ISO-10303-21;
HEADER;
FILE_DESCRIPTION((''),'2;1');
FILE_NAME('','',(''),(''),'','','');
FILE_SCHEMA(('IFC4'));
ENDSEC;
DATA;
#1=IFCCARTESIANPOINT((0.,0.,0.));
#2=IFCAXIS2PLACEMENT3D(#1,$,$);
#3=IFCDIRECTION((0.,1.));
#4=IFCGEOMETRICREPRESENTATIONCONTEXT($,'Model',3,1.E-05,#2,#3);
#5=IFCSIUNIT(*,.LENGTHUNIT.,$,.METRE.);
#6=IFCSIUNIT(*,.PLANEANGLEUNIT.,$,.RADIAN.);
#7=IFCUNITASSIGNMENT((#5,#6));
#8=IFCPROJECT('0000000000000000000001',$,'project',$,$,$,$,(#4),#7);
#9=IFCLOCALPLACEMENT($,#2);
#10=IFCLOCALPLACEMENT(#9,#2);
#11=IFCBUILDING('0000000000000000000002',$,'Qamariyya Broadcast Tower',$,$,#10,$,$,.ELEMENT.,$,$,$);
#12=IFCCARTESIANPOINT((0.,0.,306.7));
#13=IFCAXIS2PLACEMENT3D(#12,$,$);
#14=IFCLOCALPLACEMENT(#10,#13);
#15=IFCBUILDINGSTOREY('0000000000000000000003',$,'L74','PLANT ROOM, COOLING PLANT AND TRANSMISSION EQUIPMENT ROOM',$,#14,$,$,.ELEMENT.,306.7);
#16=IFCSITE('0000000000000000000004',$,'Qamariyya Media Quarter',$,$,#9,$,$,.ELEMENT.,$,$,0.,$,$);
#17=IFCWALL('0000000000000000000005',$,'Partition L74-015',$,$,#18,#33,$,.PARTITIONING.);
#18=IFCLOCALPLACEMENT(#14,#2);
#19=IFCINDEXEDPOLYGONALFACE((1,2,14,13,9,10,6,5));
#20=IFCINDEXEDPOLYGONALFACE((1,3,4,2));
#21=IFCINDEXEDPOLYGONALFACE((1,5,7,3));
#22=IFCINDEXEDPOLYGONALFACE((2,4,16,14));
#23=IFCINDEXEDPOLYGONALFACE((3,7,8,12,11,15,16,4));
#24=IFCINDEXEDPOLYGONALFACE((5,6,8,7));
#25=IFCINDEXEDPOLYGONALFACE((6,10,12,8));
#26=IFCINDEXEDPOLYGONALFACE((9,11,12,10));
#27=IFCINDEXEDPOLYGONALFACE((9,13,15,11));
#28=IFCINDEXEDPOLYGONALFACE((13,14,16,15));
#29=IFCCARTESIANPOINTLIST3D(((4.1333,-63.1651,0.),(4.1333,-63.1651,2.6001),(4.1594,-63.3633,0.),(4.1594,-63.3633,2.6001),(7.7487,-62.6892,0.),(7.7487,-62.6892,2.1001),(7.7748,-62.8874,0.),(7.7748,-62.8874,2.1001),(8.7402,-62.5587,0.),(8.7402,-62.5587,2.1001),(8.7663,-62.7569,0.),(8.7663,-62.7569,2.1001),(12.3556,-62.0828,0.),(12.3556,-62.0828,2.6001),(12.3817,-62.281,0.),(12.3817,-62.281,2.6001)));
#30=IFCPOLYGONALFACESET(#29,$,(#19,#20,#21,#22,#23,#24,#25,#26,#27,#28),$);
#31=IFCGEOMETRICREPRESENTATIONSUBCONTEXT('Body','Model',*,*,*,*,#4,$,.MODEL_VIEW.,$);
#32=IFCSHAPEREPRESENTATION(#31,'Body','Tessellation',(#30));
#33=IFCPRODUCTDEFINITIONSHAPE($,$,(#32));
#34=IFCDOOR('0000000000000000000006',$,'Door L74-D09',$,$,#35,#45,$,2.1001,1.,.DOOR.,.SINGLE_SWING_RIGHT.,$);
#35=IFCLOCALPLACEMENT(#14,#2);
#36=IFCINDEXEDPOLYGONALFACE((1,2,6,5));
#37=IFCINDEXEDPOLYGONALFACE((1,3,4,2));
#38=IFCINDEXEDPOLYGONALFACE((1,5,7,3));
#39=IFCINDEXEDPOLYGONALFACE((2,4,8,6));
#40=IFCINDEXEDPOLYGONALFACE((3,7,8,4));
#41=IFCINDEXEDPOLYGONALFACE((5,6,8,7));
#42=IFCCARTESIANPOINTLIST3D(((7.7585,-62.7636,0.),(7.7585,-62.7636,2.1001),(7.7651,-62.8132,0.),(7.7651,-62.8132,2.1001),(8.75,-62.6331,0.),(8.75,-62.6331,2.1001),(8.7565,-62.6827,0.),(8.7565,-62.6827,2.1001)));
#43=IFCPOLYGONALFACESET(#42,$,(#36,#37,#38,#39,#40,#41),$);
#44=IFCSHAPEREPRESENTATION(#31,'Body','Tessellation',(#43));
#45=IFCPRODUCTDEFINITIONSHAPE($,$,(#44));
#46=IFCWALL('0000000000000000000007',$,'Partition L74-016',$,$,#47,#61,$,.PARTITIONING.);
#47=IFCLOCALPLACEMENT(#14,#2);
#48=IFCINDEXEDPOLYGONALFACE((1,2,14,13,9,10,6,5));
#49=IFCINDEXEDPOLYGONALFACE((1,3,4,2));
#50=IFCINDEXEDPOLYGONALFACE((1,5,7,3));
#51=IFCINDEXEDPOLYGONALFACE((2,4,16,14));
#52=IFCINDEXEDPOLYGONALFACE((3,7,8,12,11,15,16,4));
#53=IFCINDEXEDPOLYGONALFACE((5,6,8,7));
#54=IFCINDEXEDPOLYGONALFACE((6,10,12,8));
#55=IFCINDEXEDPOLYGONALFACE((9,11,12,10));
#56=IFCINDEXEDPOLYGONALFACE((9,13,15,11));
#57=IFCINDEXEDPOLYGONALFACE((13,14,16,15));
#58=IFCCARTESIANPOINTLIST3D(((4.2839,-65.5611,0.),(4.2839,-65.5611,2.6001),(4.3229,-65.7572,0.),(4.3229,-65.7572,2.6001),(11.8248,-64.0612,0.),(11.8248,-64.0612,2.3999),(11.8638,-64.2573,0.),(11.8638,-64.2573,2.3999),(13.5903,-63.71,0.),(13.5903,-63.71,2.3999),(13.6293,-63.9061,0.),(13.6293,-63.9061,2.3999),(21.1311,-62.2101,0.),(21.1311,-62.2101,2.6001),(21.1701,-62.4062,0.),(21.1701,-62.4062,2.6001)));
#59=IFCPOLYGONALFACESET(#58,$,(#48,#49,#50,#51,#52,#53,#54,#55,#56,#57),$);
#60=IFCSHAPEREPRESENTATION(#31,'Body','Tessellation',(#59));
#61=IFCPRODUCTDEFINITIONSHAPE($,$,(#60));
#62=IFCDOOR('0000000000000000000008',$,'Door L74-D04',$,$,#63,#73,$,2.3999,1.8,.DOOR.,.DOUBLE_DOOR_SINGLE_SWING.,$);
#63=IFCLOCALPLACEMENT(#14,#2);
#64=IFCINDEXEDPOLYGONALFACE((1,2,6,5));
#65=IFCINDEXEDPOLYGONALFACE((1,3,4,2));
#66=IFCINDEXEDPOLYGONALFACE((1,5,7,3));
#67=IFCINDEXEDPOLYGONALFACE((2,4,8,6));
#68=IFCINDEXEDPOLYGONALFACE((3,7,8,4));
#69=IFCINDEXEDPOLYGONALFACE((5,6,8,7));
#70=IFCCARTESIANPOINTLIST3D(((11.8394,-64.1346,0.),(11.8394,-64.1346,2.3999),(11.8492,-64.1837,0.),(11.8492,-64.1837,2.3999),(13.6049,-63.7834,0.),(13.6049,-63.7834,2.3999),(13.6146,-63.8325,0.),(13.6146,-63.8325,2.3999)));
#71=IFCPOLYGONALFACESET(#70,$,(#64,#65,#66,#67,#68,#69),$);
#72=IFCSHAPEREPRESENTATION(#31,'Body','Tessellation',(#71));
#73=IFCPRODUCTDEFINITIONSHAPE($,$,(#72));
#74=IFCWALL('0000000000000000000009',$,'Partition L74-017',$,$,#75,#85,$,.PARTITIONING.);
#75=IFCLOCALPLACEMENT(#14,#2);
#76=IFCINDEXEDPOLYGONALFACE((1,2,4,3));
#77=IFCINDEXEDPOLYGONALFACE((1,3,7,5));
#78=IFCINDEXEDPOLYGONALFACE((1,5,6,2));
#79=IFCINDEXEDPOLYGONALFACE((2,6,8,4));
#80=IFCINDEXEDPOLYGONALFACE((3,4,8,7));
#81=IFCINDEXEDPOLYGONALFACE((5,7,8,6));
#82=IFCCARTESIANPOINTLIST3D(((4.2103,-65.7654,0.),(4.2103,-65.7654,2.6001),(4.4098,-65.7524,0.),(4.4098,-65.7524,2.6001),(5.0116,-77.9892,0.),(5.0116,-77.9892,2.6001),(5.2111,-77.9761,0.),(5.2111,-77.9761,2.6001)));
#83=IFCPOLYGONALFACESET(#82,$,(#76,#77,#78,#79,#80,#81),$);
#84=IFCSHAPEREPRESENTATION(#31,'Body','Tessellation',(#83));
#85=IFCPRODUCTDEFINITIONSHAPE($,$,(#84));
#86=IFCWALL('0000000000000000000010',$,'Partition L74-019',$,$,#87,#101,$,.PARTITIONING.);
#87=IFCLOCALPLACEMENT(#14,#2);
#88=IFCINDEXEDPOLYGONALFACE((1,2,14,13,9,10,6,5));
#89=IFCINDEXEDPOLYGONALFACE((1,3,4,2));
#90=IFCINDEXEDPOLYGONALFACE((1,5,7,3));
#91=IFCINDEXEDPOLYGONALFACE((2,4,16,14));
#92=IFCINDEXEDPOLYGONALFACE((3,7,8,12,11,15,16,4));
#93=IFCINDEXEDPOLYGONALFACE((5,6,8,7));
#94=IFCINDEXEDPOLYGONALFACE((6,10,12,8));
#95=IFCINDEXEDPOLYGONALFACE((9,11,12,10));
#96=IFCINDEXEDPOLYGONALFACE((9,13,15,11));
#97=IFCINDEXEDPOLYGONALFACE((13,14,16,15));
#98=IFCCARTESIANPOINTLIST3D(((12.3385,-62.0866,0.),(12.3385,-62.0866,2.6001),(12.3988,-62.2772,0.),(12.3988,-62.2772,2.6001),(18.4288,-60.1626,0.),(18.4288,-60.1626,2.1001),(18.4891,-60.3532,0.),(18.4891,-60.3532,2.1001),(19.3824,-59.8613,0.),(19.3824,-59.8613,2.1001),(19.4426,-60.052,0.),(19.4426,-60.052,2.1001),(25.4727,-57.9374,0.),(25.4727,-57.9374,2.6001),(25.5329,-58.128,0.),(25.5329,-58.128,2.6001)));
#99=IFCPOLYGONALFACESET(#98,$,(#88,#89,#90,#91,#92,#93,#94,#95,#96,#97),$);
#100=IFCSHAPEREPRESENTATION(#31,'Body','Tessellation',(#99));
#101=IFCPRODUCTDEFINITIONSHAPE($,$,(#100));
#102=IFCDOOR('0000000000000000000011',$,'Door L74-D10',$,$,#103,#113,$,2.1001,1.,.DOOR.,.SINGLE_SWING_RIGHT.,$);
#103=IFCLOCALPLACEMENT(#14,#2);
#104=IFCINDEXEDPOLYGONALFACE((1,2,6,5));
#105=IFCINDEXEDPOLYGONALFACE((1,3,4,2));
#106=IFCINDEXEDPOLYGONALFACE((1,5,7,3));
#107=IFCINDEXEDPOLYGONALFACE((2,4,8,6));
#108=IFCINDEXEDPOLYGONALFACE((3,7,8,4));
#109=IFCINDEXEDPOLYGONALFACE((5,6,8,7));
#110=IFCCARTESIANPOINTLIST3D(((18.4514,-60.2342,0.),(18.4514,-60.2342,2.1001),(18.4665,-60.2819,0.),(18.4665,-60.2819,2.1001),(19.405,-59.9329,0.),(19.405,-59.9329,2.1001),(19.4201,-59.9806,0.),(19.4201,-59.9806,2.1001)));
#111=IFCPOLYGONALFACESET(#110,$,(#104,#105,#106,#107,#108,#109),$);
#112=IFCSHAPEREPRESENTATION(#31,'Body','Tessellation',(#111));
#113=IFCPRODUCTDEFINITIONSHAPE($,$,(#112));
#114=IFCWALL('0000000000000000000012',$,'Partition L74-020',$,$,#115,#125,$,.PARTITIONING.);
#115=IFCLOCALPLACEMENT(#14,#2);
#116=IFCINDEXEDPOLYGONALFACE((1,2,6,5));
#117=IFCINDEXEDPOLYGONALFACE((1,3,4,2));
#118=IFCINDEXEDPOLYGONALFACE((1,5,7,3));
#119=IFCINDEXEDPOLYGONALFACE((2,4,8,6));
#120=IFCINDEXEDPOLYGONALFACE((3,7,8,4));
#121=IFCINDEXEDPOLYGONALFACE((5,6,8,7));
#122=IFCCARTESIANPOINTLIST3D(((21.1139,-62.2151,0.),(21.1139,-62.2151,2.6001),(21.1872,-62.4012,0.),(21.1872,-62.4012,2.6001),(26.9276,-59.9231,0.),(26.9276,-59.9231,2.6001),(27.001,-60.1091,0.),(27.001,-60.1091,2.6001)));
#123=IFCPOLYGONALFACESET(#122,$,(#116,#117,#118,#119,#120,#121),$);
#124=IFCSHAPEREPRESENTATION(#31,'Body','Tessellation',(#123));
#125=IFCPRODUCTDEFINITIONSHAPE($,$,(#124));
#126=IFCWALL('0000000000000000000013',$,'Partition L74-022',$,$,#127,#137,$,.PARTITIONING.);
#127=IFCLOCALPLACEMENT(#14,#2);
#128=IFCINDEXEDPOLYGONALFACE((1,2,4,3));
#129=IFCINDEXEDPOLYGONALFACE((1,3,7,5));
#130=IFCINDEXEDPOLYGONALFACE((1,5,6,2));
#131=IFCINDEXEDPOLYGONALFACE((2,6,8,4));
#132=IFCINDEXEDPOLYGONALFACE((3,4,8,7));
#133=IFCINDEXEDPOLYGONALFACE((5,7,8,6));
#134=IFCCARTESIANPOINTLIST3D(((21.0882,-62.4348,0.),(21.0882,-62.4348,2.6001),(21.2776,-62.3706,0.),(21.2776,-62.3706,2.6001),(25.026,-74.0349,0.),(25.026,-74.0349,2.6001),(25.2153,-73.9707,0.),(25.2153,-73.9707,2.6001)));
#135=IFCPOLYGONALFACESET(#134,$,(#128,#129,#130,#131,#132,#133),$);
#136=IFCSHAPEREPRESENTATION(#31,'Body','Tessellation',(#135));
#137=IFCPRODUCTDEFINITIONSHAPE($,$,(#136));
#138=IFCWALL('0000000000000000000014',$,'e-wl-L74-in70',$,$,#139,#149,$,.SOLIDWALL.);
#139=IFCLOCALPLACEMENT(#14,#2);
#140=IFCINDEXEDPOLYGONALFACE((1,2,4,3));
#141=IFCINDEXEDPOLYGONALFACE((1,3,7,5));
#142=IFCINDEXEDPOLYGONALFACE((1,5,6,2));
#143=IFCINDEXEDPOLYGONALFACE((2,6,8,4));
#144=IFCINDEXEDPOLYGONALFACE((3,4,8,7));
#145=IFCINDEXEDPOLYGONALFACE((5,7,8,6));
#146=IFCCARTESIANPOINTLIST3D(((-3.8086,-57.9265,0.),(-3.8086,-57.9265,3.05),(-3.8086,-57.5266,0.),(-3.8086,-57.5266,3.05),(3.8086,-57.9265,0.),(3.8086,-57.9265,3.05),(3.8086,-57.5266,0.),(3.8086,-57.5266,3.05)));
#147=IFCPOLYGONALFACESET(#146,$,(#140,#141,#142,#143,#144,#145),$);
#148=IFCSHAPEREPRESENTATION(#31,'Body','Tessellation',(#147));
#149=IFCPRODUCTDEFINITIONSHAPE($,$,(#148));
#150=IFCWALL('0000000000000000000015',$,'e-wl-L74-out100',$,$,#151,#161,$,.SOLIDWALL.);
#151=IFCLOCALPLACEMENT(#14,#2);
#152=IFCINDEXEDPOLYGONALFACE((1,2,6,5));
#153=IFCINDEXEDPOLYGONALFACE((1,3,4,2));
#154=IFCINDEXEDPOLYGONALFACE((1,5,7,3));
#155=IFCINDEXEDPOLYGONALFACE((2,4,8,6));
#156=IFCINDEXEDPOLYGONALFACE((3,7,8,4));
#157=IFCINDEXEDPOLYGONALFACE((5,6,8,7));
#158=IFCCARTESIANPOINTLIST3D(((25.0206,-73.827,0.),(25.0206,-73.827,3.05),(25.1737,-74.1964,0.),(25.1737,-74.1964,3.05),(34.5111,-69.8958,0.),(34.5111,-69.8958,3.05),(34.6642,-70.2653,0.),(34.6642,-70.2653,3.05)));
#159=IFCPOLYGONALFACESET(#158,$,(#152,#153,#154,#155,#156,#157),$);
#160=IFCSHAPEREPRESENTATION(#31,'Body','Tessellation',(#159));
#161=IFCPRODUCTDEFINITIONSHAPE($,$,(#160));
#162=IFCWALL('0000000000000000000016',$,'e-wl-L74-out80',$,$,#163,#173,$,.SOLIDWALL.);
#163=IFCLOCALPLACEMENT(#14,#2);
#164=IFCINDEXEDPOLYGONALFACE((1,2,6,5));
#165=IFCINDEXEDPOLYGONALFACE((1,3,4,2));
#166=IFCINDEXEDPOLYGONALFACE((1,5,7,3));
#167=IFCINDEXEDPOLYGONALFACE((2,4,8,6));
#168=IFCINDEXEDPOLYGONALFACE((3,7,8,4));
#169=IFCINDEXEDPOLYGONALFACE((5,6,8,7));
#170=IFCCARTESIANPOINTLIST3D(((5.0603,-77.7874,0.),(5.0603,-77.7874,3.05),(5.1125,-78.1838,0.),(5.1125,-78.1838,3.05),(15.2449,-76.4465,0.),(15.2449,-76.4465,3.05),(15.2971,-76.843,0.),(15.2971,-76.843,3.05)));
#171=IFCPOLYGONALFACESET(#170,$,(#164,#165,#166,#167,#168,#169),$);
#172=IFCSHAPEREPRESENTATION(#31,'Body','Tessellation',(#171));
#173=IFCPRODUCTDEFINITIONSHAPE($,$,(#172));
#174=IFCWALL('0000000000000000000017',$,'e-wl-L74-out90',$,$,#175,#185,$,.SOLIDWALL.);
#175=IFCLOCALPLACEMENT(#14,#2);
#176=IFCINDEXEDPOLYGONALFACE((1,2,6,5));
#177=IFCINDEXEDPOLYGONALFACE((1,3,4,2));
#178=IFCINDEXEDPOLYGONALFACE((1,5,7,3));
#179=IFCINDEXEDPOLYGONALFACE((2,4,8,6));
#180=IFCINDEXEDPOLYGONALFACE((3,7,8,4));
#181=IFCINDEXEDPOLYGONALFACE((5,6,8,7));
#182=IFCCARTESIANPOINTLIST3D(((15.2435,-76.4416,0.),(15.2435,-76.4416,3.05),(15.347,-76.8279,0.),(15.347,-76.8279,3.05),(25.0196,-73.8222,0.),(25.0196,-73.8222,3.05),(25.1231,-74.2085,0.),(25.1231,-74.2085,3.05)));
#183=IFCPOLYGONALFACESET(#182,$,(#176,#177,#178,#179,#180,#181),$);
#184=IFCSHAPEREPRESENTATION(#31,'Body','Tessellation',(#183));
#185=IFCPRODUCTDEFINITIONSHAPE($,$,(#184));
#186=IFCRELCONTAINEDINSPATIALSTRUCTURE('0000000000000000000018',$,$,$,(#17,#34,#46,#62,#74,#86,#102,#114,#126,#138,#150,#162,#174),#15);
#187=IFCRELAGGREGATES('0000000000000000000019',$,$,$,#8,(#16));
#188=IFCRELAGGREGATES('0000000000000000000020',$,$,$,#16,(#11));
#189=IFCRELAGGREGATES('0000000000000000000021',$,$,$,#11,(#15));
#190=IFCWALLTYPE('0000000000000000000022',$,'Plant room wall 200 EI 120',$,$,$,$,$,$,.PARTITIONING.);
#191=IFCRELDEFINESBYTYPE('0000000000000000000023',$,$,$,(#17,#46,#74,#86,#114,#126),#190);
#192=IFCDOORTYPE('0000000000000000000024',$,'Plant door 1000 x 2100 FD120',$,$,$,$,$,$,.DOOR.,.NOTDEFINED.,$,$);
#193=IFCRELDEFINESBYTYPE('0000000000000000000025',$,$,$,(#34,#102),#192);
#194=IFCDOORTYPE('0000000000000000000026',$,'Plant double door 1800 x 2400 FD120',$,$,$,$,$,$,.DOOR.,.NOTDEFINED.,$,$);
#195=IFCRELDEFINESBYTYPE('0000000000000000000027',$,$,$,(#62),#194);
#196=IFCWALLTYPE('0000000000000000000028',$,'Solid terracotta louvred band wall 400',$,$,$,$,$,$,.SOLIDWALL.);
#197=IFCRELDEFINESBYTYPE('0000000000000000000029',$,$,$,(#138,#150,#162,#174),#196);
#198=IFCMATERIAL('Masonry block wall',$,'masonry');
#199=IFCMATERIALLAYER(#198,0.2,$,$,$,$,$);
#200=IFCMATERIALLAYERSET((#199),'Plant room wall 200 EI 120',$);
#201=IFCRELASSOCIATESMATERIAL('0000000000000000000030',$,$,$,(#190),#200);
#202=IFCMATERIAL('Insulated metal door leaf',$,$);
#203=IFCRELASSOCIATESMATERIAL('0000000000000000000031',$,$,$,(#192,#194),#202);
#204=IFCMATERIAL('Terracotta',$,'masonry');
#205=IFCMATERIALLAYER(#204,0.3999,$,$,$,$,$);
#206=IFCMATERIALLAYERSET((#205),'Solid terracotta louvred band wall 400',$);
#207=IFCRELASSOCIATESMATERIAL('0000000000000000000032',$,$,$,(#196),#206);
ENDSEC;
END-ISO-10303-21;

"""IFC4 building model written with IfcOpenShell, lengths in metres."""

from ifc_helpers import new_model, si_unit, direction, frame, frame_2d, origin, place, context, subcontext, project, spatial, rectangle, extrude, material, layer, layer_set, type_object, element, fill, save


model = new_model("IFC4")

# Units and contexts
model_context = context("Model", 3, precision=1e-05, world=origin(), true_north=direction((0.0, 1.0)))
body_context = subcontext(model_context, "Body", "Model", "MODEL_VIEW")
ifc_project = project(units=[si_unit("LENGTHUNIT", "METRE"), si_unit("PLANEANGLEUNIT", "RADIAN")], contexts=[model_context])

# Site, building, storey
site_placement = place(None, origin())
site = spatial("IfcSite", under=ifc_project, at=site_placement, Name="Qamariyya Media Quarter", CompositionType="ELEMENT", RefElevation=0.0)
building_placement = place(site_placement, origin())
building = spatial("IfcBuilding", under=site, at=building_placement, Name="Qamariyya Broadcast Tower", CompositionType="ELEMENT")
storey_placement = place(building_placement, frame((0.0, 0.0, 306.7)))
storey = spatial("IfcBuildingStorey", under=building, at=storey_placement, Name="L74", Description="PLANT ROOM, COOLING PLANT AND TRANSMISSION EQUIPMENT ROOM", CompositionType="ELEMENT", Elevation=306.7)

# Shared definitions
ifc_material_1 = material(Name="Masonry block wall", Category="masonry")
ifc_layer_1 = layer(ifc_material_1, 0.2)
ifc_layer_set_1 = layer_set([ifc_layer_1], Name="Plant room wall 200 EI 120")
wall_type_1 = type_object("IfcWallType", Name="Plant room wall 200 EI 120", PredefinedType="PARTITIONING", material=ifc_layer_set_1)
ifc_material_2 = material(Name="Insulated metal door leaf")
door_type_1 = type_object("IfcDoorType", Name="Plant door 1000 x 2100 FD120", OperationType="NOTDEFINED", PredefinedType="DOOR", material=ifc_material_2)

# Walls, openings, doors
wall_1_placement = place(storey_placement, frame((4.1465, -63.2642, 0.0), z_axis=(0.0, 0.0, 1.0), x_axis=(0.991448, 0.130503, 0.0)))
wall_1 = element("IfcWall", 1, at=wall_1_placement, inside=storey, type_object=wall_type_1, Name="Partition L74-015", PredefinedType="PARTITIONING", context=body_context, shape_type="SweptSolid", body=[
    extrude(rectangle(XDim=8.2932, YDim=0.2, at=frame_2d((4.1465, 0.0))), origin(), (0.0, 0.0, 1.0), 2.6001),
])
opening_1_placement = place(wall_1_placement, frame((3.6465, 0.0, 0.0)))
opening_1 = element("IfcOpeningElement", 2, at=opening_1_placement, cuts=wall_1, PredefinedType="OPENING", context=body_context, shape_type="SweptSolid", body=[
    extrude(rectangle(XDim=1.0, YDim=2.1001, at=frame_2d((0.5, 1.05))), frame((0.0, 0.1099, 0.0), z_axis=(0.0, -1.0, 0.0), x_axis=(1.0, 0.0, 0.0)), (0.0, 0.0, 1.0), 0.22),
])
door_1_placement = place(opening_1_placement, origin())
door_1 = element("IfcDoor", 3, at=door_1_placement, inside=storey, type_object=door_type_1, Name="Door L74-D09", OperationType="SINGLE_SWING_RIGHT", OverallHeight=2.1001, OverallWidth=1.0, PredefinedType="DOOR", context=body_context, shape_type="SweptSolid", body=[
    extrude(rectangle(XDim=1.0, YDim=2.1001, at=frame_2d((0.5, 1.05))), frame((0.0, 0.0249, 0.0), z_axis=(0.0, -1.0, 0.0), x_axis=(1.0, 0.0, 0.0)), (0.0, 0.0, 1.0), 0.05),
])
fill(opening_1, door_1)
wall_2_placement = place(storey_placement, frame((21.1506, -62.3081, 0.0), z_axis=(0.0, 0.0, 1.0), x_axis=(-0.980786, -0.195088, 0.0)))
wall_2 = element("IfcWall", 4, at=wall_2_placement, inside=storey, type_object=wall_type_1, Name="Partition L74-016", PredefinedType="PARTITIONING", context=body_context, shape_type="SweptSolid", body=[
    extrude(rectangle(XDim=17.1772, YDim=0.2, at=frame_2d((8.5886, 0.0))), origin(), (0.0, 0.0, 1.0), 2.6001),
])
opening_2_placement = place(wall_2_placement, frame((7.6887, 0.0, 0.0)))
opening_2 = element("IfcOpeningElement", 5, at=opening_2_placement, cuts=wall_2, PredefinedType="OPENING", context=body_context, shape_type="SweptSolid", body=[
    extrude(rectangle(XDim=1.8, YDim=2.3999, at=frame_2d((0.8999, 1.2))), frame((0.0, 0.1099, 0.0), z_axis=(0.0, -1.0, 0.0), x_axis=(1.0, 0.0, 0.0)), (0.0, 0.0, 1.0), 0.22),
])
door_type_2 = type_object("IfcDoorType", Name="Plant double door 1800 x 2400 FD120", OperationType="NOTDEFINED", PredefinedType="DOOR", material=ifc_material_2)
door_2_placement = place(opening_2_placement, origin())
door_2 = element("IfcDoor", 6, at=door_2_placement, inside=storey, type_object=door_type_2, Name="Door L74-D04", OperationType="DOUBLE_DOOR_SINGLE_SWING", OverallHeight=2.3999, OverallWidth=1.8, PredefinedType="DOOR", context=body_context, shape_type="SweptSolid", body=[
    extrude(rectangle(XDim=1.8, YDim=2.3999, at=frame_2d((0.8999, 1.2))), frame((0.0, 0.0249, 0.0), z_axis=(0.0, -1.0, 0.0), x_axis=(1.0, 0.0, 0.0)), (0.0, 0.0, 1.0), 0.05),
])
fill(opening_2, door_2)

# Wall
wall_3_placement = place(storey_placement, frame((5.1113, -77.9827, 0.0), z_axis=(0.0, 0.0, 1.0), x_axis=(-0.065409, 0.997859, 0.0)))
element("IfcWall", 7, at=wall_3_placement, inside=storey, type_object=wall_type_1, Name="Partition L74-017", PredefinedType="PARTITIONING", context=body_context, shape_type="SweptSolid", body=[
    extrude(rectangle(XDim=12.25, YDim=0.2, at=frame_2d((6.125, 0.0))), origin(), (0.0, 0.0, 1.0), 2.6001),
])

# Wall, opening, door
wall_4_placement = place(storey_placement, frame((12.3687, -62.1819, 0.0), z_axis=(0.0, 0.0, 1.0), x_axis=(0.95355, 0.301236, 0.0)))
wall_4 = element("IfcWall", 8, at=wall_4_placement, inside=storey, type_object=wall_type_1, Name="Partition L74-019", PredefinedType="PARTITIONING", context=body_context, shape_type="SweptSolid", body=[
    extrude(rectangle(XDim=13.7739, YDim=0.2, at=frame_2d((6.887, 0.0))), origin(), (0.0, 0.0, 1.0), 2.6001),
])
opening_3_placement = place(wall_4_placement, frame((6.387, 0.0, 0.0)))
opening_3 = element("IfcOpeningElement", 9, at=opening_3_placement, cuts=wall_4, PredefinedType="OPENING", context=body_context, shape_type="SweptSolid", body=[
    extrude(rectangle(XDim=1.0, YDim=2.1001, at=frame_2d((0.5, 1.05))), frame((0.0, 0.1099, 0.0), z_axis=(0.0, -1.0, 0.0), x_axis=(1.0, 0.0, 0.0)), (0.0, 0.0, 1.0), 0.22),
])
door_3_placement = place(opening_3_placement, origin())
door_3 = element("IfcDoor", 10, at=door_3_placement, inside=storey, type_object=door_type_1, Name="Door L74-D10", OperationType="SINGLE_SWING_RIGHT", OverallHeight=2.1001, OverallWidth=1.0, PredefinedType="DOOR", context=body_context, shape_type="SweptSolid", body=[
    extrude(rectangle(XDim=1.0, YDim=2.1001, at=frame_2d((0.5, 1.05))), frame((0.0, 0.0249, 0.0), z_axis=(0.0, -1.0, 0.0), x_axis=(1.0, 0.0, 0.0)), (0.0, 0.0, 1.0), 0.05),
])
fill(opening_3, door_3)

# Walls
wall_5_placement = place(storey_placement, frame((21.1506, -62.3081, 0.0), z_axis=(0.0, 0.0, 1.0), x_axis=(0.930313, 0.366765, 0.0)))
element("IfcWall", 11, at=wall_5_placement, inside=storey, type_object=wall_type_1, Name="Partition L74-020", PredefinedType="PARTITIONING", context=body_context, shape_type="SweptSolid", body=[
    extrude(rectangle(XDim=6.2493, YDim=0.2, at=frame_2d((3.1245, 0.0))), origin(), (0.0, 0.0, 1.0), 2.6001),
])
wall_6_placement = place(storey_placement, frame((25.1206, -74.0027, 0.0), z_axis=(0.0, 0.0, 1.0), x_axis=(-0.321443, 0.946929, 0.0)))
element("IfcWall", 12, at=wall_6_placement, inside=storey, type_object=wall_type_1, Name="Partition L74-022", PredefinedType="PARTITIONING", context=body_context, shape_type="SweptSolid", body=[
    extrude(rectangle(XDim=12.2502, YDim=0.2, at=frame_2d((6.125, 0.0))), origin(), (0.0, 0.0, 1.0), 2.6001),
])
ifc_material_3 = material(Name="Terracotta", Category="masonry")
ifc_layer_2 = layer(ifc_material_3, 0.3999)
ifc_layer_set_2 = layer_set([ifc_layer_2], Name="Solid terracotta louvred band wall 400")
wall_type_2 = type_object("IfcWallType", Name="Solid terracotta louvred band wall 400", PredefinedType="SOLIDWALL", material=ifc_layer_set_2)
wall_7_placement = place(storey_placement, frame((3.8086, -57.7266, 0.0), z_axis=(0.0, 0.0, 1.0), x_axis=(-1.0, 0.0, 0.0)))
element("IfcWall", 13, at=wall_7_placement, inside=storey, type_object=wall_type_2, Name="e-wl-L74-in70", PredefinedType="SOLIDWALL", context=body_context, shape_type="SweptSolid", body=[
    extrude(rectangle(XDim=7.6172, YDim=0.3999, at=frame_2d((3.8086, 0.0))), origin(), (0.0, 0.0, 1.0), 3.05),
])
for number, where, z_axis, x_axis, name in (
    (14, (25.0972, -74.0117, 0.0), (0.0, 0.0, 1.0), (0.923877, 0.382689, 0.0), "e-wl-L74-out100"),
    (15, (5.0864, -77.9856, 0.0), (0.0, 0.0, 1.0), (0.991445, 0.130526, 0.0), "e-wl-L74-out80"),
):
    element("IfcWall", number, at=place(storey_placement, frame(where, z_axis=z_axis, x_axis=x_axis)), inside=storey, type_object=wall_type_2, Name=name, PredefinedType="SOLIDWALL", context=body_context, shape_type="SweptSolid", body=[
        extrude(rectangle(XDim=10.2725, YDim=0.3999, at=frame_2d((5.1362, 0.0))), origin(), (0.0, 0.0, 1.0), 3.05),
    ])
wall_8_placement = place(storey_placement, frame((15.2952, -76.6348, 0.0), z_axis=(0.0, 0.0, 1.0), x_axis=(0.965929, 0.258808, 0.0)))
element("IfcWall", 16, at=wall_8_placement, inside=storey, type_object=wall_type_2, Name="e-wl-L74-out90", PredefinedType="SOLIDWALL", context=body_context, shape_type="SweptSolid", body=[
    extrude(rectangle(XDim=10.1208, YDim=0.3999, at=frame_2d((5.0605, 0.0))), origin(), (0.0, 0.0, 1.0), 3.05),
])

save(model, "model.ifc")
